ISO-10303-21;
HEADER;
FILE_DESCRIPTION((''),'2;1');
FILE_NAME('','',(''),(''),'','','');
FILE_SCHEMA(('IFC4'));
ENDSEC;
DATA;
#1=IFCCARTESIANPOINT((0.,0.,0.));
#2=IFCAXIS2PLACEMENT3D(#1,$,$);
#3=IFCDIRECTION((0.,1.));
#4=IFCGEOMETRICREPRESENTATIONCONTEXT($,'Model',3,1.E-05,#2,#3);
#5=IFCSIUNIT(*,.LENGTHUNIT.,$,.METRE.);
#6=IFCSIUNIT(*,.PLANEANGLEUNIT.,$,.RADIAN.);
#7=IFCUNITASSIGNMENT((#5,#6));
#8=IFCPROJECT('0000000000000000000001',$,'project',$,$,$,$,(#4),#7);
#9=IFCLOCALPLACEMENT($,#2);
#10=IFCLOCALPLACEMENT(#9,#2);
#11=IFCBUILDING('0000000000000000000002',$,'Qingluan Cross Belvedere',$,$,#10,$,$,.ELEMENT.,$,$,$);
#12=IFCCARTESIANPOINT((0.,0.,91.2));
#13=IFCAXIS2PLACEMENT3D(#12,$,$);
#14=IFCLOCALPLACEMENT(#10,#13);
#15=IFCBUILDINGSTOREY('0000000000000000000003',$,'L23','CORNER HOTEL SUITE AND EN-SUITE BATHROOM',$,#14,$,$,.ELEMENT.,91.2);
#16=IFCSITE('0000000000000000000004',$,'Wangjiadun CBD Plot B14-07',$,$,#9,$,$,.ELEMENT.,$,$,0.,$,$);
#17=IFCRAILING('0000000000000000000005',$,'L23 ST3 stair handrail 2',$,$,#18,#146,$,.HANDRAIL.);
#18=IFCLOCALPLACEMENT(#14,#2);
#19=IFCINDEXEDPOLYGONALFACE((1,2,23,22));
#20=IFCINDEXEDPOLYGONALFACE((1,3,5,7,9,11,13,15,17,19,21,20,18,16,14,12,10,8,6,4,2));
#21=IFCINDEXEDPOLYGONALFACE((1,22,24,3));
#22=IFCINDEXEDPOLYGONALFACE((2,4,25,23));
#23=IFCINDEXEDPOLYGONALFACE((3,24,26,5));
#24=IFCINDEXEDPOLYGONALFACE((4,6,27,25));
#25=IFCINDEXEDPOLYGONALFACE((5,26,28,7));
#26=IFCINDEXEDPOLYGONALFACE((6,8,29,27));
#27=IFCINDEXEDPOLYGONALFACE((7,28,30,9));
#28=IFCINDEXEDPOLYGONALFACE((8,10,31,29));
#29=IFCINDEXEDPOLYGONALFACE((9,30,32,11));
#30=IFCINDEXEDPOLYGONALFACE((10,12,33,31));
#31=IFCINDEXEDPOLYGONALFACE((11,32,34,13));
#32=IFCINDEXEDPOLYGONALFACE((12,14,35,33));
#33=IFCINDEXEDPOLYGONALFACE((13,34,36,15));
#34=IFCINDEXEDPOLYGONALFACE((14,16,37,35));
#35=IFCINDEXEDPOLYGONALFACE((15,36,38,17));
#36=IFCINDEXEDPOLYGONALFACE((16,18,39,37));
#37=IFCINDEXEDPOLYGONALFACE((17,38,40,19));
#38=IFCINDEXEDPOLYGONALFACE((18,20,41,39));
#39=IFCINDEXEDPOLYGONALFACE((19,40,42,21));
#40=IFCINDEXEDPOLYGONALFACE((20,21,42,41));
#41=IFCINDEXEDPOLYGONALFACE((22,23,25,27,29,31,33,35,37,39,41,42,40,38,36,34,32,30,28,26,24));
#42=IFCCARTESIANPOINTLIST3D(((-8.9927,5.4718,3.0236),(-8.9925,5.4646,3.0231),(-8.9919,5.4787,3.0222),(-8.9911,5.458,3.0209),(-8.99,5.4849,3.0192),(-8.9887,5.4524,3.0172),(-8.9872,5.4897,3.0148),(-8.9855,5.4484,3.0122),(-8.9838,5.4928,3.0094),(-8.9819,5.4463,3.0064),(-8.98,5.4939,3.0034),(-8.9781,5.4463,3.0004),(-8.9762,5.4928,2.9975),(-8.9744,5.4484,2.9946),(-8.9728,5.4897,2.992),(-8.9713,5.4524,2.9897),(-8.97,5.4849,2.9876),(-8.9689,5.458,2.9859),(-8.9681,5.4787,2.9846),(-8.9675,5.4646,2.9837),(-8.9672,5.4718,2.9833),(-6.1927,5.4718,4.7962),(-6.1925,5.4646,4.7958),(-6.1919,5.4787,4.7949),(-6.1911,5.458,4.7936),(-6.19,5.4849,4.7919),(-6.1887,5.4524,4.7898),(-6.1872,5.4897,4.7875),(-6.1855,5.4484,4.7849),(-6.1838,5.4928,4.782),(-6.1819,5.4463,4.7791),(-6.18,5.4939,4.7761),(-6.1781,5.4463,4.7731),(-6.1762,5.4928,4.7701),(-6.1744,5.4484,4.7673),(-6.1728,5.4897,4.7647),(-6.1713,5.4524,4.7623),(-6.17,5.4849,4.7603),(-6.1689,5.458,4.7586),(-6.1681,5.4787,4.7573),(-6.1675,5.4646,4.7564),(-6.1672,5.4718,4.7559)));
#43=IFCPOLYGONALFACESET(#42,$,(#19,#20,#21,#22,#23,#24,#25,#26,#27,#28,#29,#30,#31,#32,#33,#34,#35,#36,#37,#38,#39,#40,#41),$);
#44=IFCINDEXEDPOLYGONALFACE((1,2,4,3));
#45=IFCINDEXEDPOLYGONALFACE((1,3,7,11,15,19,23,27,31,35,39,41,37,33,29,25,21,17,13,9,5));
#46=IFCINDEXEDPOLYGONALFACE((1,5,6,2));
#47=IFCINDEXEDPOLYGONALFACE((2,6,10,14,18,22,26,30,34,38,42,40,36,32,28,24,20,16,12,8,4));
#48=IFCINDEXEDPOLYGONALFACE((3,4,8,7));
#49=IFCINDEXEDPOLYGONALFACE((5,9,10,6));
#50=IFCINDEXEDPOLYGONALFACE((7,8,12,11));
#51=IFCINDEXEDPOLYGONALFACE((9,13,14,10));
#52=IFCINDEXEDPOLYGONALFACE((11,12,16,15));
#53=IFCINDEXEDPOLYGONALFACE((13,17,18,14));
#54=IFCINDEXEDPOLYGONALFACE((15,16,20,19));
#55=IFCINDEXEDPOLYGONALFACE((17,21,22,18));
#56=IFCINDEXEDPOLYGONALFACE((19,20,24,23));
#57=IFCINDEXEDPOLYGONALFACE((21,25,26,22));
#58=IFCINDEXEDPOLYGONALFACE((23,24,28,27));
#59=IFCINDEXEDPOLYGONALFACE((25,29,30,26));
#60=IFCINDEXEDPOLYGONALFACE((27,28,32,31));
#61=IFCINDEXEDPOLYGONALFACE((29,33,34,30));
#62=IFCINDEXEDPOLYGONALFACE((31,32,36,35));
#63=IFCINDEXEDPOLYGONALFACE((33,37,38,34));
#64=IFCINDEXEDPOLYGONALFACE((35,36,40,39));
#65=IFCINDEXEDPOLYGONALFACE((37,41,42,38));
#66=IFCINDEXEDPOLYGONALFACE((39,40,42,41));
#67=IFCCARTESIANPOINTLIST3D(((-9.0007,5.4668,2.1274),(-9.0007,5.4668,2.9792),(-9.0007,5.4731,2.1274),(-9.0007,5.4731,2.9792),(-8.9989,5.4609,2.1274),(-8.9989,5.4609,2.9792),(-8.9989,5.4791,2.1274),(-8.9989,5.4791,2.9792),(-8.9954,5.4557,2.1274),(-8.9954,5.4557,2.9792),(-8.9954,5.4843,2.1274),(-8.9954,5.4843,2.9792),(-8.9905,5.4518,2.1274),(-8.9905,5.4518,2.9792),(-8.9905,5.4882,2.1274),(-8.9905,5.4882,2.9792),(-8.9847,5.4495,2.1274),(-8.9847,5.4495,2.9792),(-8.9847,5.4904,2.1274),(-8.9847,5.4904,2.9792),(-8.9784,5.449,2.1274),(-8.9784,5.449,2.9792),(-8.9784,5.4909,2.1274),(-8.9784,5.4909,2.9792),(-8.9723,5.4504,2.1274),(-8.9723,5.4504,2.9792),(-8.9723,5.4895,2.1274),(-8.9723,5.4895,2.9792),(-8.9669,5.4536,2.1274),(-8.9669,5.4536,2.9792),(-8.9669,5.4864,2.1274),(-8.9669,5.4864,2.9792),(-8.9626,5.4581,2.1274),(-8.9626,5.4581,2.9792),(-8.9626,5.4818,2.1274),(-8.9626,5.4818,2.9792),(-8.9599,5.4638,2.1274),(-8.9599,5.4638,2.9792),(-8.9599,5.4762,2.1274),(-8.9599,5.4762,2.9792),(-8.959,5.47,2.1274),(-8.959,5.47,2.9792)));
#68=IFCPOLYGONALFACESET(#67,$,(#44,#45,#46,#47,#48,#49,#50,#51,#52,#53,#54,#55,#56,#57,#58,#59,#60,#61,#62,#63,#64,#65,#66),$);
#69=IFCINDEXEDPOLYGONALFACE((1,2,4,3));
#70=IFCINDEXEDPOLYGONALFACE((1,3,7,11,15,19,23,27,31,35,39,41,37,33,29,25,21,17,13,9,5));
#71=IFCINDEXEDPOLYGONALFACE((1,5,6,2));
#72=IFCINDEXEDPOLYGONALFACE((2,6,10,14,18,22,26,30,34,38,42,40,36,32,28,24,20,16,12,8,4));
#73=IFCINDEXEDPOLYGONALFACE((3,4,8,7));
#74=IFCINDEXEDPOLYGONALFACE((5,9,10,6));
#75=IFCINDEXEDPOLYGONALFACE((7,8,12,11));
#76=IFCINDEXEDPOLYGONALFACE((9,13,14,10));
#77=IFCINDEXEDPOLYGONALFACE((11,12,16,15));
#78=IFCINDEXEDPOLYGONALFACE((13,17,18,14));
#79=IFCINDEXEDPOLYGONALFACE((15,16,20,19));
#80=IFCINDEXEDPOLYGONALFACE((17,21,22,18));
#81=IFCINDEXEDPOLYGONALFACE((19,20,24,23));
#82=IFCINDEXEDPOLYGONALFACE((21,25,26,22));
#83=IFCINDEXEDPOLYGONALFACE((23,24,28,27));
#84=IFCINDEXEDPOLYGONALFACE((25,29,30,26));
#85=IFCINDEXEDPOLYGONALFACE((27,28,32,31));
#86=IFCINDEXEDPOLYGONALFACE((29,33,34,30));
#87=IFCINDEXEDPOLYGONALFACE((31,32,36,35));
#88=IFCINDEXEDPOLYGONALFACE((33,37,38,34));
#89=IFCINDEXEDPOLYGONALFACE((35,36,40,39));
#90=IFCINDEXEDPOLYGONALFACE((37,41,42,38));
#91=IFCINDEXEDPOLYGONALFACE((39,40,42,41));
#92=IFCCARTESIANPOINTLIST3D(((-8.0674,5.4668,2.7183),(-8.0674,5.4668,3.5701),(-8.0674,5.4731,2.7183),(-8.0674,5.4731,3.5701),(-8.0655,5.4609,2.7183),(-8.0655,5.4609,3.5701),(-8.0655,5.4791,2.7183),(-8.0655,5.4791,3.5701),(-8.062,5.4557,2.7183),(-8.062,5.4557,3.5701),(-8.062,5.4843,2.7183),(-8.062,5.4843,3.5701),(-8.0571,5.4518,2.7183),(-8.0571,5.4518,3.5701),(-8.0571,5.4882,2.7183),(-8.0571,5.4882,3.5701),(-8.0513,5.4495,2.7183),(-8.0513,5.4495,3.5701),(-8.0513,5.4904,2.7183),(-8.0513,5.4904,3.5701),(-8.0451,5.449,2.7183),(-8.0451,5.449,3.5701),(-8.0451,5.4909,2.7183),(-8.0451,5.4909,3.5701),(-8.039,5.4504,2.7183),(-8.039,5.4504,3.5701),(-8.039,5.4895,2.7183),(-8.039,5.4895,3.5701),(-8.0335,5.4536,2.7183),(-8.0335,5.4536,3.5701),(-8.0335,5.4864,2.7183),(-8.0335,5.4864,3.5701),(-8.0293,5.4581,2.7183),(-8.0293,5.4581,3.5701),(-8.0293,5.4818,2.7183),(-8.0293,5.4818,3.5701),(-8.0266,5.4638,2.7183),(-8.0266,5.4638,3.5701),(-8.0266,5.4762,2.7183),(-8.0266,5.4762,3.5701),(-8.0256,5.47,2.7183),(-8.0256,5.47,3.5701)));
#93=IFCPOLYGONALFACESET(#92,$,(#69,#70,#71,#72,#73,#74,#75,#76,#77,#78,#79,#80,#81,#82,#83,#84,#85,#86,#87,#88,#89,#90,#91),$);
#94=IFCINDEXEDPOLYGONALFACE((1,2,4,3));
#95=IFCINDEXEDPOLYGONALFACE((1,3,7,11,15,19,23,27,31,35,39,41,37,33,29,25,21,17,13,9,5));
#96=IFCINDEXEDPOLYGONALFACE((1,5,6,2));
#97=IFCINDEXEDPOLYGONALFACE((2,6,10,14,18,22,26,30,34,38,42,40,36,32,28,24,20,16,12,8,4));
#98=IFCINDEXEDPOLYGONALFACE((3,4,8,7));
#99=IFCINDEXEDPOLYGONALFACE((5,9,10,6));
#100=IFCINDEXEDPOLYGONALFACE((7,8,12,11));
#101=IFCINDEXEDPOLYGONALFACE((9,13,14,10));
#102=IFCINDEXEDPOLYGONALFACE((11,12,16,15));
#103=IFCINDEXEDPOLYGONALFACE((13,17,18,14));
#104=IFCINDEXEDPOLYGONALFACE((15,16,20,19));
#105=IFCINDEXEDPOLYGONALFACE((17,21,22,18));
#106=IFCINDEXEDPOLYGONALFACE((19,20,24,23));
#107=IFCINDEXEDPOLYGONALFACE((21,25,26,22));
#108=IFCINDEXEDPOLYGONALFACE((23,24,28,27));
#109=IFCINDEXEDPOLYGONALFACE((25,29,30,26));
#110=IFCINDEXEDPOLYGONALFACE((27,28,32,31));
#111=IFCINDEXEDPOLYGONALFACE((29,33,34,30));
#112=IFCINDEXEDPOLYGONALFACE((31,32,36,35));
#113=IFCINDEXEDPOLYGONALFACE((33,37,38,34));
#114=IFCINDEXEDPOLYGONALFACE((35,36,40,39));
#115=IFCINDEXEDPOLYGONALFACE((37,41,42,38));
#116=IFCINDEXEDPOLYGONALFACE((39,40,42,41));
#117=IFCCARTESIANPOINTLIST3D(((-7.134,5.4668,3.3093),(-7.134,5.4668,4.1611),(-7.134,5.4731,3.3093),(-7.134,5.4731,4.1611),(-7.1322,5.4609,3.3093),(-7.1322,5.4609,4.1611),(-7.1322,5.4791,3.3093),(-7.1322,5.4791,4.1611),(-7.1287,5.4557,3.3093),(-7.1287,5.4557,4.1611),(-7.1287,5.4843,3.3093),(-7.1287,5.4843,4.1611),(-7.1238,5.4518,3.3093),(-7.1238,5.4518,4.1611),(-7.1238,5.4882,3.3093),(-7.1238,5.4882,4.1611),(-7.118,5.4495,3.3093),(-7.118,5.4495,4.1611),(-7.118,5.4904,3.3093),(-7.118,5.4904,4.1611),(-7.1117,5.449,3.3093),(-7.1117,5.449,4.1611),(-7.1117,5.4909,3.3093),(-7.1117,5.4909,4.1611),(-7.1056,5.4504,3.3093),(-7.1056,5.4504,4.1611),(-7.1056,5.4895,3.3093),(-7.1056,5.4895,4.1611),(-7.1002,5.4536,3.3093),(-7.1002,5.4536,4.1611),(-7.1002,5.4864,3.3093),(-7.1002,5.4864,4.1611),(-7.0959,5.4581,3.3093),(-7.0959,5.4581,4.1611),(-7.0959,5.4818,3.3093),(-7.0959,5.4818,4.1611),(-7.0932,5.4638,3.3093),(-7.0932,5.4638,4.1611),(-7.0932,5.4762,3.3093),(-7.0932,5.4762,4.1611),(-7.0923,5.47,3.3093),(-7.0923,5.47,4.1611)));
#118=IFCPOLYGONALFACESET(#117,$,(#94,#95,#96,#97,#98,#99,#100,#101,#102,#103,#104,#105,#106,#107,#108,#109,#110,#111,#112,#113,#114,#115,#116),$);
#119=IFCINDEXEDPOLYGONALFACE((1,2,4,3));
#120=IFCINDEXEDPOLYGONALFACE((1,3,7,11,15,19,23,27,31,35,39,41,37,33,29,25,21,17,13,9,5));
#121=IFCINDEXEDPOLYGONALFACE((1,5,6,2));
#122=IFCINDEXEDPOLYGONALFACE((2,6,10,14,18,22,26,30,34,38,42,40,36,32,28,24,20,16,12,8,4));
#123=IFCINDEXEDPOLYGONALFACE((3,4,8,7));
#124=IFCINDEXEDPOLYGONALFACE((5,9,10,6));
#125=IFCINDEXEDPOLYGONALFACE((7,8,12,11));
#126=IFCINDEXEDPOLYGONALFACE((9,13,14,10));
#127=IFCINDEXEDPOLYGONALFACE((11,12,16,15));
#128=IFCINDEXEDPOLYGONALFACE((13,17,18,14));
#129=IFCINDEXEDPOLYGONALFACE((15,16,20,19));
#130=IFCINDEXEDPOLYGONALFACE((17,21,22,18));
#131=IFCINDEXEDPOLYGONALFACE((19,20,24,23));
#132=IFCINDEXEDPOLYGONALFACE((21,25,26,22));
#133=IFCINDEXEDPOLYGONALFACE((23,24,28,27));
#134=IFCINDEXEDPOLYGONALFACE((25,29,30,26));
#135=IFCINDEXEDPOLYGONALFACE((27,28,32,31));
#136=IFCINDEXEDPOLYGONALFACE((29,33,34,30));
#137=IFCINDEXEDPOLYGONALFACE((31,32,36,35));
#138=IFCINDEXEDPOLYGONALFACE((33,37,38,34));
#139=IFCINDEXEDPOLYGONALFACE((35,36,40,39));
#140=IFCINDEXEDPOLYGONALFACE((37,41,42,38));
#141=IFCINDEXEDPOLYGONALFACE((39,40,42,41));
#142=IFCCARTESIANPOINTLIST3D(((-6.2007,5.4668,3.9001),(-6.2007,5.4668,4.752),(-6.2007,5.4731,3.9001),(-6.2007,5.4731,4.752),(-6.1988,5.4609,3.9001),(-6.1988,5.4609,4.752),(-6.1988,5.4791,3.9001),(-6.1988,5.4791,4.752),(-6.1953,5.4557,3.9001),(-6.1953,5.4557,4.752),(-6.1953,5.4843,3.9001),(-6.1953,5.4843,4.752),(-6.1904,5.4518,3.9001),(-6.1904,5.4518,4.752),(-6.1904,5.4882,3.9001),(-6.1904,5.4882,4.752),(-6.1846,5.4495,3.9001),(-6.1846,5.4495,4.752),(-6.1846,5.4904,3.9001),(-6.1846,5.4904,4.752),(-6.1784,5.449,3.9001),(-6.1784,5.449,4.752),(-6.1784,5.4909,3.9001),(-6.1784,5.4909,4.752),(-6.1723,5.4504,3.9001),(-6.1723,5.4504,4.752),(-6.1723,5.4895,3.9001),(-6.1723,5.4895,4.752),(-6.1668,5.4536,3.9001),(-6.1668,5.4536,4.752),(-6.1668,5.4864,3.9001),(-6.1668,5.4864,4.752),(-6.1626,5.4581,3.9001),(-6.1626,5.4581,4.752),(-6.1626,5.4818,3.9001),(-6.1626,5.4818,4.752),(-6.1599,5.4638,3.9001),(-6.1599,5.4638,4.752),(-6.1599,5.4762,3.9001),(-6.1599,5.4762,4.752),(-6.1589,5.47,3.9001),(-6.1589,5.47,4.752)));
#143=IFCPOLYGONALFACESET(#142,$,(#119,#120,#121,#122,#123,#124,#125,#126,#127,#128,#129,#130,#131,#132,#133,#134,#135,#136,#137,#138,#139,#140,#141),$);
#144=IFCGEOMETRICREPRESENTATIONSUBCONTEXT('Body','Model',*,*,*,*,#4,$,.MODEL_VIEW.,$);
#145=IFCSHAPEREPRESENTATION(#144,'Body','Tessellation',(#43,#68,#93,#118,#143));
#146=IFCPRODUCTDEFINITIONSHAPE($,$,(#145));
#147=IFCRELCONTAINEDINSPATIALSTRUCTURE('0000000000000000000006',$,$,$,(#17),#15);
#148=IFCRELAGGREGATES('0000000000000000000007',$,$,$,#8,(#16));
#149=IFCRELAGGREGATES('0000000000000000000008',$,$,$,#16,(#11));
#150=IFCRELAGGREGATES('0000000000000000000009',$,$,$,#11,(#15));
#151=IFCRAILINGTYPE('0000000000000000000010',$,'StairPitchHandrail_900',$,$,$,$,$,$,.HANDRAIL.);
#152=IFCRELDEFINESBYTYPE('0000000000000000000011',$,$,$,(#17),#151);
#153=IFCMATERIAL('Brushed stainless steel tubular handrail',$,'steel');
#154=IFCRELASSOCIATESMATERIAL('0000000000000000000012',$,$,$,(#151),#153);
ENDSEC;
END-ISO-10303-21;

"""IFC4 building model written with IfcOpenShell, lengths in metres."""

from ifc_helpers import new_model, si_unit, direction, frame, origin, origin_2d, place, context, subcontext, project, spatial, circle, extrude, material, type_object, element, save


model = new_model("IFC4")

# Units and contexts
model_context = context("Model", 3, precision=1e-05, world=origin(), true_north=direction((0.0, 1.0)))
body_context = subcontext(model_context, "Body", "Model", "MODEL_VIEW")
ifc_project = project(units=[si_unit("LENGTHUNIT", "METRE"), si_unit("PLANEANGLEUNIT", "RADIAN")], contexts=[model_context])

# Site, building, storey
site_placement = place(None, origin())
site = spatial("IfcSite", under=ifc_project, at=site_placement, Name="Wangjiadun CBD Plot B14-07", CompositionType="ELEMENT", RefElevation=0.0)
building_placement = place(site_placement, origin())
building = spatial("IfcBuilding", under=site, at=building_placement, Name="Qingluan Cross Belvedere", CompositionType="ELEMENT")
storey_placement = place(building_placement, frame((0.0, 0.0, 91.2)))
storey = spatial("IfcBuildingStorey", under=building, at=storey_placement, Name="L23", Description="CORNER HOTEL SUITE AND EN-SUITE BATHROOM", CompositionType="ELEMENT", Elevation=91.2)

# Railing
ifc_material_1 = material(Name="Brushed stainless steel tubular handrail", Category="steel")
railing_type_1 = type_object("IfcRailingType", Name="StairPitchHandrail_900", PredefinedType="HANDRAIL", material=ifc_material_1)
railing_1_placement = place(storey_placement, frame((-8.98, 5.47, 2.1274)))
element("IfcRailing", 1, at=railing_1_placement, inside=storey, type_object=railing_type_1, Name="L23 ST3 stair handrail 2", PredefinedType="HANDRAIL", context=body_context, shape_type="SweptSolid", body=[
    extrude(circle(Radius=0.0239, at=origin_2d()), frame((0.0, 0.0, 0.876), z_axis=(0.844909, 0.0, 0.53491), x_axis=(0.0, 1.0, 0.0)), (0.0, 0.0, 1.0), 3.314),
    extrude(circle(Radius=0.021, at=origin_2d()), origin(), (0.0, 0.0, 1.0), 0.8518),
    extrude(circle(Radius=0.021, at=origin_2d()), frame((0.9333, 0.0, 0.5908)), (0.0, 0.0, 1.0), 0.8518),
    extrude(circle(Radius=0.021, at=origin_2d()), frame((1.8667, 0.0, 1.1819)), (0.0, 0.0, 1.0), 0.8518),
    extrude(circle(Radius=0.021, at=origin_2d()), frame((2.8, 0.0, 1.7727)), (0.0, 0.0, 1.0), 0.8518),
])

save(model, "model.ifc")
